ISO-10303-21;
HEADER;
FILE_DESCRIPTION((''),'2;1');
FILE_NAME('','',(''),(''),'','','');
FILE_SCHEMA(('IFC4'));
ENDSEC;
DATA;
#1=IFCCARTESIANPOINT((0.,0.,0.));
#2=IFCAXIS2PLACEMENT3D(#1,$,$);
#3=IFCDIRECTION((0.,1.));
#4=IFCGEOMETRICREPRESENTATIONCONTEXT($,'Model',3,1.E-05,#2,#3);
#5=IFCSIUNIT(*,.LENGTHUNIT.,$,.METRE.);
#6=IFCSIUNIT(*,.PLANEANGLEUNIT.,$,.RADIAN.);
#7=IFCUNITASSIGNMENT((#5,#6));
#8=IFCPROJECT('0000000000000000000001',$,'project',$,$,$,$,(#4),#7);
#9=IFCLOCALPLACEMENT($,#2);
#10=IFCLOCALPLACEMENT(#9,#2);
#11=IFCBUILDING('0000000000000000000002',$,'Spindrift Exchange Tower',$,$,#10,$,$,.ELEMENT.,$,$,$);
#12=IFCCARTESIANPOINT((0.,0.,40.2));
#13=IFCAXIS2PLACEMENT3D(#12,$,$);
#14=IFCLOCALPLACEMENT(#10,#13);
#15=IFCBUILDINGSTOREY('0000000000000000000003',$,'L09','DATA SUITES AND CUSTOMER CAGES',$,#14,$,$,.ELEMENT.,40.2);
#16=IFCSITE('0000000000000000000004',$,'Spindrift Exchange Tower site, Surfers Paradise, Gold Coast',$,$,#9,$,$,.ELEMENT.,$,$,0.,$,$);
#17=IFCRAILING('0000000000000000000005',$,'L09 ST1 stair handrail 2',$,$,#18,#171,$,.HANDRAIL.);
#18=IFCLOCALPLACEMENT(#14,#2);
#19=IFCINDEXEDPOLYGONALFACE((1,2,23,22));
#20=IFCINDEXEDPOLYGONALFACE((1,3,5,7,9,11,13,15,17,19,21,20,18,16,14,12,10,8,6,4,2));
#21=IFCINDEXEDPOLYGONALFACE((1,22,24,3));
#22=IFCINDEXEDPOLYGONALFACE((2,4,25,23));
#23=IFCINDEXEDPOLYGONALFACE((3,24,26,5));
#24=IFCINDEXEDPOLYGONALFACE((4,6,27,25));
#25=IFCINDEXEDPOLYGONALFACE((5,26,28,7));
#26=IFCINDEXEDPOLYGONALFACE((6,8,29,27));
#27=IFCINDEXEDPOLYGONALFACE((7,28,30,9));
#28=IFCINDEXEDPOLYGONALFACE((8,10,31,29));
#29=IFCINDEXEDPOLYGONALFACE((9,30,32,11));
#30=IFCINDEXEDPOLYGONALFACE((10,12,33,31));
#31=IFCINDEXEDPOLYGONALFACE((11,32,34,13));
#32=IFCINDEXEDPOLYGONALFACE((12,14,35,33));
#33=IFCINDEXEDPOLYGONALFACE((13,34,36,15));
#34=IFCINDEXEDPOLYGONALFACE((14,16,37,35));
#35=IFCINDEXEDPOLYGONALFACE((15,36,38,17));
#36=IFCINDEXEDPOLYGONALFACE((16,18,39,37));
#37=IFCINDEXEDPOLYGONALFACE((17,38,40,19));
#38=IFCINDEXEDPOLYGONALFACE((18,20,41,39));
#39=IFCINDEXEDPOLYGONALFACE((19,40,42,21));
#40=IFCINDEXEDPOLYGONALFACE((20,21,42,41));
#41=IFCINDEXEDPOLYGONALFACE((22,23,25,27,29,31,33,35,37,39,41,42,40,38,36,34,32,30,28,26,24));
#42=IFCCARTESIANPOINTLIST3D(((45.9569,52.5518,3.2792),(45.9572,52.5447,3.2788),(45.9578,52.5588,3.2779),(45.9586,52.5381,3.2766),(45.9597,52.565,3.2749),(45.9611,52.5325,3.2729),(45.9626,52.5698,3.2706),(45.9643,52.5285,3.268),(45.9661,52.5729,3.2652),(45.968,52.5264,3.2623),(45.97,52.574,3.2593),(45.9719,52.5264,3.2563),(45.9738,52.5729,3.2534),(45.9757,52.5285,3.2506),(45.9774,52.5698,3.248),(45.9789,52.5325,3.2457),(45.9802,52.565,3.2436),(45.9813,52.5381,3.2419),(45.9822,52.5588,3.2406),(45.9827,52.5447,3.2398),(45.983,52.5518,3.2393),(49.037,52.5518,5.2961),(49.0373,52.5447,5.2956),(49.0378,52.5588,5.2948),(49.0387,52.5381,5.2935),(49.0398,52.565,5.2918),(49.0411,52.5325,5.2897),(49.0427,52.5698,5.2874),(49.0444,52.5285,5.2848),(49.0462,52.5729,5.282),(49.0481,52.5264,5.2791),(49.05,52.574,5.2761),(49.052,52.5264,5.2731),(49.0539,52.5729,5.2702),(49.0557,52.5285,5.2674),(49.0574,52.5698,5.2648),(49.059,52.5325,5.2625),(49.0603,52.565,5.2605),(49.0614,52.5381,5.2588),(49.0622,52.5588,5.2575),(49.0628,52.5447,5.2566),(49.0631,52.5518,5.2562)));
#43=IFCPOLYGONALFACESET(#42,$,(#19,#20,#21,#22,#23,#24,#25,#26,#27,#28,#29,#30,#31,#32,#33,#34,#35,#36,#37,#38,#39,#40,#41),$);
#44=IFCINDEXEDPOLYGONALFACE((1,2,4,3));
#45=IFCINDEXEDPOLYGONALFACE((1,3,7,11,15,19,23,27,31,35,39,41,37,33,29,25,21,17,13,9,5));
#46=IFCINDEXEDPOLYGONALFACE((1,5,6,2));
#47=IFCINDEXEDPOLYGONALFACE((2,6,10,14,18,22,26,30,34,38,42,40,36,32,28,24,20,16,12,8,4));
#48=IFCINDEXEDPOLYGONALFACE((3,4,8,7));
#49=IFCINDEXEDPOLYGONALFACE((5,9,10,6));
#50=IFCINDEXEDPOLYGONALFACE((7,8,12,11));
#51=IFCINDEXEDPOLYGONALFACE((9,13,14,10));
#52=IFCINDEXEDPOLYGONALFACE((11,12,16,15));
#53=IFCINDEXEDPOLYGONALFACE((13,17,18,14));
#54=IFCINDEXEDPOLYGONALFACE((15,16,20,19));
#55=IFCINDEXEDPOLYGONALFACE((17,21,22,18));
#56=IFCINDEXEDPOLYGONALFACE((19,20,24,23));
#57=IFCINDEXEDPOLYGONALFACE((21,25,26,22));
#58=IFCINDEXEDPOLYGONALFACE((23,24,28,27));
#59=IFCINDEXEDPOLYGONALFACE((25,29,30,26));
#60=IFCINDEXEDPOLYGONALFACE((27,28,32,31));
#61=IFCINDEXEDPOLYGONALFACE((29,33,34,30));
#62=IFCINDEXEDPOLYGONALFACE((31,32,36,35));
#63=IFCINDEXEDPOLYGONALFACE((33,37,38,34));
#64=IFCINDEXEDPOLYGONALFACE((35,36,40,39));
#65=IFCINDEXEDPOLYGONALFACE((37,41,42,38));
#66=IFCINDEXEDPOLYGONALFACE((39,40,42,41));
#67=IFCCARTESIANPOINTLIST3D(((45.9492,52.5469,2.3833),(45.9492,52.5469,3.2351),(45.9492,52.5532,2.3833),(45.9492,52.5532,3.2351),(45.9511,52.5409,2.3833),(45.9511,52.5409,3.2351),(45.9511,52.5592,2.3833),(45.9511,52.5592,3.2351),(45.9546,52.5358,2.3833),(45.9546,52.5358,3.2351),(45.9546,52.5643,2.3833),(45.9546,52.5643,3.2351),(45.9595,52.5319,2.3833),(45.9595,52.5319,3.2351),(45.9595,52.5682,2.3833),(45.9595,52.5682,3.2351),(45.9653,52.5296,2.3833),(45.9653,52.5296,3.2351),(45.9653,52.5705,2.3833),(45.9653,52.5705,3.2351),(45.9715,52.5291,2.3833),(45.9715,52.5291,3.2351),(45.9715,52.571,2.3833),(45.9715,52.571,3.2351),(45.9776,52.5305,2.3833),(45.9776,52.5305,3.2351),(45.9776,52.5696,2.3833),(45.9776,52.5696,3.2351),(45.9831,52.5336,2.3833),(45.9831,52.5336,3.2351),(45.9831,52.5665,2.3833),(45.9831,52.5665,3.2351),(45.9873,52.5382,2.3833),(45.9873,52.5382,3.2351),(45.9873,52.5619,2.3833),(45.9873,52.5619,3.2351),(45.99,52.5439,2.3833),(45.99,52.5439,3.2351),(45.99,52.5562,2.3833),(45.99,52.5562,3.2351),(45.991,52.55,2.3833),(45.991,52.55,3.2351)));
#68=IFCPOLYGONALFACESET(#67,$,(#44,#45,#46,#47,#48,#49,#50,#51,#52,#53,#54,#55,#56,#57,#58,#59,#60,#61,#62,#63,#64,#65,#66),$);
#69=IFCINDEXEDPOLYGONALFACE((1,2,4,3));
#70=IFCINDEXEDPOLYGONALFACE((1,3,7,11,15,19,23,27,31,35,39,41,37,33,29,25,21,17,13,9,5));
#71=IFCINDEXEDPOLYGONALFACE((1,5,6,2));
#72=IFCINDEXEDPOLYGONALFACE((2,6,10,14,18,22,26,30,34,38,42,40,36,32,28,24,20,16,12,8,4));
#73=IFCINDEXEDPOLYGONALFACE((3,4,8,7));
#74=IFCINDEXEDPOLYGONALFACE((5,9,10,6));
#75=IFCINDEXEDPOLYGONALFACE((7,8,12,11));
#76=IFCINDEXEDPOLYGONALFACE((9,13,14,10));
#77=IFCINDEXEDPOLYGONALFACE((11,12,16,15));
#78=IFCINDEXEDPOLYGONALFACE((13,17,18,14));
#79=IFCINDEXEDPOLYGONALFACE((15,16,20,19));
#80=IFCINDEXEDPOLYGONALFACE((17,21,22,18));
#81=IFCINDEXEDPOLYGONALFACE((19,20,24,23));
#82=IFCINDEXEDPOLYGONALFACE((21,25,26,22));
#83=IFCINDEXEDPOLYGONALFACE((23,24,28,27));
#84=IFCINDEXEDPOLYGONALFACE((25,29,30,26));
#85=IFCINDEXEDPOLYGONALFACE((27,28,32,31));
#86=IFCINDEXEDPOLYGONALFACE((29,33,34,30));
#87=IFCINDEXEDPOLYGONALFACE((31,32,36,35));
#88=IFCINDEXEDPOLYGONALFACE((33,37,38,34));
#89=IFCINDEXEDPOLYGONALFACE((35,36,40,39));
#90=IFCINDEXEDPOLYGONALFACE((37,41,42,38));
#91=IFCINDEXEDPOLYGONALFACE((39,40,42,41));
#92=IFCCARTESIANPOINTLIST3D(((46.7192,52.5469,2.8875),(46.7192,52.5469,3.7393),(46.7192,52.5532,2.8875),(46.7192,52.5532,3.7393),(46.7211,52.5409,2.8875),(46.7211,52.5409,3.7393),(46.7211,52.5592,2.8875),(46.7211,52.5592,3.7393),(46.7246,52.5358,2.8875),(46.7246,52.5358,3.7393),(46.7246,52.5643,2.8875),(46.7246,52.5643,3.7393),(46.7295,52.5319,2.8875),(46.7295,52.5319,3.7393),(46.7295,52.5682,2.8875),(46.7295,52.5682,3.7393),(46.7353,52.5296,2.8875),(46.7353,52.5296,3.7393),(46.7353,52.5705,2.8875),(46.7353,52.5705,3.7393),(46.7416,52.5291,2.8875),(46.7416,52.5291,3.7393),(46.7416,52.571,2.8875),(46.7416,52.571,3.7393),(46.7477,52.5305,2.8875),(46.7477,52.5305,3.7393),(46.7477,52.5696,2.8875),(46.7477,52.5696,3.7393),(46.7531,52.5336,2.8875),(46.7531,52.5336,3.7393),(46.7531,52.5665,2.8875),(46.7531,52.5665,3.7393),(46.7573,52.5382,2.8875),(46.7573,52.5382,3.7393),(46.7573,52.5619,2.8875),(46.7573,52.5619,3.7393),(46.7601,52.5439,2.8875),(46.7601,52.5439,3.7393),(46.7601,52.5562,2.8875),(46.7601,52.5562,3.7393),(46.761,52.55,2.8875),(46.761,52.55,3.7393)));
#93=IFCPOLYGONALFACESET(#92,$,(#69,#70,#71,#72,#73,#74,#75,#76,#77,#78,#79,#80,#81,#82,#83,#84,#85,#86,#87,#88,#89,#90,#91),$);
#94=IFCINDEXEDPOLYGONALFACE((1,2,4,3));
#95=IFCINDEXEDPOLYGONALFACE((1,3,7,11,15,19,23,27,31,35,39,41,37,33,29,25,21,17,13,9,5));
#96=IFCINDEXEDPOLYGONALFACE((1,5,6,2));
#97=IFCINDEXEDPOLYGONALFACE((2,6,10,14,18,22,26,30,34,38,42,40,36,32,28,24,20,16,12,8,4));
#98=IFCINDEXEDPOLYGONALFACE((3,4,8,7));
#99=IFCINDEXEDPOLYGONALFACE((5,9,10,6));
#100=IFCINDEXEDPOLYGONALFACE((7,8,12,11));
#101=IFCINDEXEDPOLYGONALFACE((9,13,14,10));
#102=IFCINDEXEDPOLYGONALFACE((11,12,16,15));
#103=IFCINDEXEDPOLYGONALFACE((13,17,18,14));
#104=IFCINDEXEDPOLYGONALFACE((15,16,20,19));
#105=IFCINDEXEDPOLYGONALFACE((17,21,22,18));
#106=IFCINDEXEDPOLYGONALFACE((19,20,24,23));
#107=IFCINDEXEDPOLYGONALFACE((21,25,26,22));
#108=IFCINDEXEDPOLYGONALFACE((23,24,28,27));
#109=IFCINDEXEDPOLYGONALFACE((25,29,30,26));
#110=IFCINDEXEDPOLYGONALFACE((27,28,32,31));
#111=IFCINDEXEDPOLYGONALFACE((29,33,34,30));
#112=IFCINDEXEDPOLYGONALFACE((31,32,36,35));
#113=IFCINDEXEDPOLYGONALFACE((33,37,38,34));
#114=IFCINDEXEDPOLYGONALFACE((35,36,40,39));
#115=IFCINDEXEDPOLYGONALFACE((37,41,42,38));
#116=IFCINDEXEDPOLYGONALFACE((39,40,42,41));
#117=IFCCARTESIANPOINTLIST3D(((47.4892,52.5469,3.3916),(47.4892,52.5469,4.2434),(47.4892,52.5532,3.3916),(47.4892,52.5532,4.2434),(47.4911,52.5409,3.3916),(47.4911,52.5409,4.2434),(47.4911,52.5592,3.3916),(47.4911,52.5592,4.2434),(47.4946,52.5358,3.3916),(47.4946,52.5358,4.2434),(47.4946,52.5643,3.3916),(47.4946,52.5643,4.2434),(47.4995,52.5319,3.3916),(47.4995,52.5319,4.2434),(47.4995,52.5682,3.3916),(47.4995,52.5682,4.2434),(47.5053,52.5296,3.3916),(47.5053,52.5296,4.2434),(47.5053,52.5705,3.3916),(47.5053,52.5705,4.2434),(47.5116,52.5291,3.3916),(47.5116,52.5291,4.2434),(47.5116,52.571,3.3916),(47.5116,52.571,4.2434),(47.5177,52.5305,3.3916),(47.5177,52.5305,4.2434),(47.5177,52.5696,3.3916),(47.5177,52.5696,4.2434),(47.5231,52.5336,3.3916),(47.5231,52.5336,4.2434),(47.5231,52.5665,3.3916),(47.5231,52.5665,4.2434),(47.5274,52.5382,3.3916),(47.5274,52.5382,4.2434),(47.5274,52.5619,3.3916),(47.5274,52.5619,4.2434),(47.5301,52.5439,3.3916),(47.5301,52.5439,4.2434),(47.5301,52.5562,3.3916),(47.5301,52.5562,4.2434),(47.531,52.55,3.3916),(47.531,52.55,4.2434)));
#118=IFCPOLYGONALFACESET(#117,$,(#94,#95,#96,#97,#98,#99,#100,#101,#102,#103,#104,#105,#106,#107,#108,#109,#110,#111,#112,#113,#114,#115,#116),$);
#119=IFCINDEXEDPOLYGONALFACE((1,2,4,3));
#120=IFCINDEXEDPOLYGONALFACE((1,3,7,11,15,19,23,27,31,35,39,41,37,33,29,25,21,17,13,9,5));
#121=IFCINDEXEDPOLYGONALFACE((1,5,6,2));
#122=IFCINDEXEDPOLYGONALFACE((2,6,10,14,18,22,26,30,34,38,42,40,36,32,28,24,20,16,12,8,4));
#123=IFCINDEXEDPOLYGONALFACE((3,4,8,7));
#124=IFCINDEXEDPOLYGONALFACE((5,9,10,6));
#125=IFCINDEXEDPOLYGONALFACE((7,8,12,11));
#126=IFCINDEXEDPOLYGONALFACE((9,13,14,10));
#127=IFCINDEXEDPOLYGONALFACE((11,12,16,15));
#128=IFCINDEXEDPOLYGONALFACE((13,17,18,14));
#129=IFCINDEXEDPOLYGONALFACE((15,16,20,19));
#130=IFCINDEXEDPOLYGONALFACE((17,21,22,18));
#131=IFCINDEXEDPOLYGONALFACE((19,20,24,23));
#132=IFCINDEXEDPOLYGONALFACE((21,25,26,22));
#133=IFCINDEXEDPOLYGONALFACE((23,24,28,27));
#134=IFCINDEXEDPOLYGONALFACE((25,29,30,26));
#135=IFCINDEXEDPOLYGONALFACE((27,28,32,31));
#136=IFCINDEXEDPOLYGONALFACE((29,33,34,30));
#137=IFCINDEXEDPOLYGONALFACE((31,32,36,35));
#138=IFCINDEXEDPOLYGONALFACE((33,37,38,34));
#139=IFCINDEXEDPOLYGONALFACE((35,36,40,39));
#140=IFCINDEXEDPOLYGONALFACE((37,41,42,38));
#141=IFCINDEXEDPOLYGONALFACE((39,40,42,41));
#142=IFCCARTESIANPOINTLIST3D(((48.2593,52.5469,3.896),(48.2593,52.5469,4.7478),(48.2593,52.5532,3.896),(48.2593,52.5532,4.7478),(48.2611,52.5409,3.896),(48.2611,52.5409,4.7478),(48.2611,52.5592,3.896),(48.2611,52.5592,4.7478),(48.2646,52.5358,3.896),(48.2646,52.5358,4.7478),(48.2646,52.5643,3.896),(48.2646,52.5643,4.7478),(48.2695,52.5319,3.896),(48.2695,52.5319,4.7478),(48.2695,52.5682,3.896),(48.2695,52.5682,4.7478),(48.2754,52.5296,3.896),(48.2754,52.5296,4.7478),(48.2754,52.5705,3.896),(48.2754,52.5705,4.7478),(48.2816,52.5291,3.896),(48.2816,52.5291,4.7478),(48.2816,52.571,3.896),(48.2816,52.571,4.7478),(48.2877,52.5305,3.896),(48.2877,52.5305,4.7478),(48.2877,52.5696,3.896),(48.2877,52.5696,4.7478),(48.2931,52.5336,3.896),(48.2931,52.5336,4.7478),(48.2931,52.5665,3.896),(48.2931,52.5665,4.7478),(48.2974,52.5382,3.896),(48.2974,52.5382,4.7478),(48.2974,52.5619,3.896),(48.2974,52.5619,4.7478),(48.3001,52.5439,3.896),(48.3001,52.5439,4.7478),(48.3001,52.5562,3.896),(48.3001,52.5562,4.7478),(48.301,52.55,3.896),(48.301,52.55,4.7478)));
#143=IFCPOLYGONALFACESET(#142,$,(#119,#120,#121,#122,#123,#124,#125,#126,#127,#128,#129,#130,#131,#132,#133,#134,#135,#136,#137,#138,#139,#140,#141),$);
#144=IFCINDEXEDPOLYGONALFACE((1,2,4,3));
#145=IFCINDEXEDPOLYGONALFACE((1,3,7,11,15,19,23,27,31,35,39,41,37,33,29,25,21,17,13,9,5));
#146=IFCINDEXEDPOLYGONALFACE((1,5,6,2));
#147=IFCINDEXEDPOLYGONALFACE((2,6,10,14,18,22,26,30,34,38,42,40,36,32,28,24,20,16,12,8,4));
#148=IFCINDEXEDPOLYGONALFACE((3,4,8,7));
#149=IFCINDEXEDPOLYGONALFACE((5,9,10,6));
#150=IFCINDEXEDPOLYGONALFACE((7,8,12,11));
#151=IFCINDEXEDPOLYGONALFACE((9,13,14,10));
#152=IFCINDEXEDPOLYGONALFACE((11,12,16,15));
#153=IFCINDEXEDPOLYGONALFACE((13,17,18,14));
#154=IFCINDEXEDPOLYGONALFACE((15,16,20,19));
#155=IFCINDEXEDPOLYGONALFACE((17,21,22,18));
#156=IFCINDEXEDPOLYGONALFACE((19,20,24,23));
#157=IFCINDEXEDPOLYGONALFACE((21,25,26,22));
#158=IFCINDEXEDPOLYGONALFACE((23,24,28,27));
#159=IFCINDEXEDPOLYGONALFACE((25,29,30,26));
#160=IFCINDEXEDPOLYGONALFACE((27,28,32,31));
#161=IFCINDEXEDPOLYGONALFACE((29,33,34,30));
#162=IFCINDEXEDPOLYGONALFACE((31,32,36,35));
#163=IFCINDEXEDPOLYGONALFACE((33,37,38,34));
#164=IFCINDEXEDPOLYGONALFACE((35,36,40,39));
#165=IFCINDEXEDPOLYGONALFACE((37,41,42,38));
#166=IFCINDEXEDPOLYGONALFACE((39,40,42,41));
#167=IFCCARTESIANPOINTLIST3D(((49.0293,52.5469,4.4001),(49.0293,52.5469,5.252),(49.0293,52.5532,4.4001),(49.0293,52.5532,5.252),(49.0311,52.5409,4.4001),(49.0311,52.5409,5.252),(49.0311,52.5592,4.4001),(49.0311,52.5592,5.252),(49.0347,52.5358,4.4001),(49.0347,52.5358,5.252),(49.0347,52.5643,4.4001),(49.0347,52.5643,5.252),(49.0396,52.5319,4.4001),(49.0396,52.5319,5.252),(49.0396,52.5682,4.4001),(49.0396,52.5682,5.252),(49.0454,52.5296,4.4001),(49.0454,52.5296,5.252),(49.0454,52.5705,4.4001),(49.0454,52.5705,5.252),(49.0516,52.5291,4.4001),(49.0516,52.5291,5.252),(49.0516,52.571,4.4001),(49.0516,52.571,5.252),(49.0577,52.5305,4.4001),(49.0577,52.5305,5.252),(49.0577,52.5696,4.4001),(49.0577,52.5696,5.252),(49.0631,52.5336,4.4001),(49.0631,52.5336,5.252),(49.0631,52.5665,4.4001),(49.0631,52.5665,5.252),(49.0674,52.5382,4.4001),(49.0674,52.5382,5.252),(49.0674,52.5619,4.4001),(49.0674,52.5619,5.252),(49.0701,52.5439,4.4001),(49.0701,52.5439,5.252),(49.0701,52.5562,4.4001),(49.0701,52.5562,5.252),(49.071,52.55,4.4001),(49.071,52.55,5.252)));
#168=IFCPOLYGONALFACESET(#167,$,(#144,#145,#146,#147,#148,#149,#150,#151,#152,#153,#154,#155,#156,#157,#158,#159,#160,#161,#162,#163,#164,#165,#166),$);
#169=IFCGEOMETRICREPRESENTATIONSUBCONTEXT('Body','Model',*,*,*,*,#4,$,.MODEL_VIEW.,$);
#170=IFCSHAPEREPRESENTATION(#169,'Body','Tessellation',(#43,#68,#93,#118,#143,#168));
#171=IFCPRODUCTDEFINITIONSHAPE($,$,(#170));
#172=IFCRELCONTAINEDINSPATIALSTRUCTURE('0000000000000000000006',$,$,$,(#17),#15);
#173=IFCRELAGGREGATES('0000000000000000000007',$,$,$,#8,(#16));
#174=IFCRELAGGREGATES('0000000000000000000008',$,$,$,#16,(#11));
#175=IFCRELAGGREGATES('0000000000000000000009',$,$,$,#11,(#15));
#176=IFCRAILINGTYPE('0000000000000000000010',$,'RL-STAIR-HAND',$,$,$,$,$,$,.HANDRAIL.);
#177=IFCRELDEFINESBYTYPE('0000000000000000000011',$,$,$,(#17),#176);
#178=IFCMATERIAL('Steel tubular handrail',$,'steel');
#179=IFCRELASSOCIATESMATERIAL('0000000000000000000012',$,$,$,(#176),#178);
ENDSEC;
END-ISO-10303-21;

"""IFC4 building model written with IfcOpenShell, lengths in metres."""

from ifc_helpers import new_model, si_unit, direction, frame, origin, origin_2d, place, context, subcontext, project, spatial, circle, extrude, material, type_object, element, save


model = new_model("IFC4")

# Units and contexts
model_context = context("Model", 3, precision=1e-05, world=origin(), true_north=direction((0.0, 1.0)))
body_context = subcontext(model_context, "Body", "Model", "MODEL_VIEW")
ifc_project = project(units=[si_unit("LENGTHUNIT", "METRE"), si_unit("PLANEANGLEUNIT", "RADIAN")], contexts=[model_context])

# Site, building, storey
site_placement = place(None, origin())
site = spatial("IfcSite", under=ifc_project, at=site_placement, Name="Spindrift Exchange Tower site, Surfers Paradise, Gold Coast", CompositionType="ELEMENT", RefElevation=0.0)
building_placement = place(site_placement, origin())
building = spatial("IfcBuilding", under=site, at=building_placement, Name="Spindrift Exchange Tower", CompositionType="ELEMENT")
storey_placement = place(building_placement, frame((0.0, 0.0, 40.2)))
storey = spatial("IfcBuildingStorey", under=building, at=storey_placement, Name="L09", Description="DATA SUITES AND CUSTOMER CAGES", CompositionType="ELEMENT", Elevation=40.2)

# Railing
ifc_material_1 = material(Name="Steel tubular handrail", Category="steel")
railing_type = type_object("IfcRailingType", Name="RL-STAIR-HAND", PredefinedType="HANDRAIL", material=ifc_material_1)
railing_placement = place(storey_placement, frame((45.97, 52.55, 2.3833)))
element("IfcRailing", 1, at=railing_placement, inside=storey, type_object=railing_type, Name="L09 ST1 stair handrail 2", PredefinedType="HANDRAIL", context=body_context, shape_type="SweptSolid", body=[
    extrude(circle(Radius=0.0239, at=origin_2d()), frame((0.0, 0.0, 0.876), z_axis=(0.836603, 0.0, 0.54781), x_axis=(0.0, 1.0, 0.0)), (0.0, 0.0, 1.0), 3.6816),
    extrude(circle(Radius=0.021, at=origin_2d()), origin(), (0.0, 0.0, 1.0), 0.8518),
    extrude(circle(Radius=0.021, at=origin_2d()), frame((0.77, 0.0, 0.5042)), (0.0, 0.0, 1.0), 0.8518),
    extrude(circle(Radius=0.021, at=origin_2d()), frame((1.54, 0.0, 1.0083)), (0.0, 0.0, 1.0), 0.8518),
    extrude(circle(Radius=0.021, at=origin_2d()), frame((2.3101, 0.0, 1.5127)), (0.0, 0.0, 1.0), 0.8518),
    extrude(circle(Radius=0.021, at=origin_2d()), frame((3.0801, 0.0, 2.0168)), (0.0, 0.0, 1.0), 0.8518),
])

save(model, "model.ifc")
